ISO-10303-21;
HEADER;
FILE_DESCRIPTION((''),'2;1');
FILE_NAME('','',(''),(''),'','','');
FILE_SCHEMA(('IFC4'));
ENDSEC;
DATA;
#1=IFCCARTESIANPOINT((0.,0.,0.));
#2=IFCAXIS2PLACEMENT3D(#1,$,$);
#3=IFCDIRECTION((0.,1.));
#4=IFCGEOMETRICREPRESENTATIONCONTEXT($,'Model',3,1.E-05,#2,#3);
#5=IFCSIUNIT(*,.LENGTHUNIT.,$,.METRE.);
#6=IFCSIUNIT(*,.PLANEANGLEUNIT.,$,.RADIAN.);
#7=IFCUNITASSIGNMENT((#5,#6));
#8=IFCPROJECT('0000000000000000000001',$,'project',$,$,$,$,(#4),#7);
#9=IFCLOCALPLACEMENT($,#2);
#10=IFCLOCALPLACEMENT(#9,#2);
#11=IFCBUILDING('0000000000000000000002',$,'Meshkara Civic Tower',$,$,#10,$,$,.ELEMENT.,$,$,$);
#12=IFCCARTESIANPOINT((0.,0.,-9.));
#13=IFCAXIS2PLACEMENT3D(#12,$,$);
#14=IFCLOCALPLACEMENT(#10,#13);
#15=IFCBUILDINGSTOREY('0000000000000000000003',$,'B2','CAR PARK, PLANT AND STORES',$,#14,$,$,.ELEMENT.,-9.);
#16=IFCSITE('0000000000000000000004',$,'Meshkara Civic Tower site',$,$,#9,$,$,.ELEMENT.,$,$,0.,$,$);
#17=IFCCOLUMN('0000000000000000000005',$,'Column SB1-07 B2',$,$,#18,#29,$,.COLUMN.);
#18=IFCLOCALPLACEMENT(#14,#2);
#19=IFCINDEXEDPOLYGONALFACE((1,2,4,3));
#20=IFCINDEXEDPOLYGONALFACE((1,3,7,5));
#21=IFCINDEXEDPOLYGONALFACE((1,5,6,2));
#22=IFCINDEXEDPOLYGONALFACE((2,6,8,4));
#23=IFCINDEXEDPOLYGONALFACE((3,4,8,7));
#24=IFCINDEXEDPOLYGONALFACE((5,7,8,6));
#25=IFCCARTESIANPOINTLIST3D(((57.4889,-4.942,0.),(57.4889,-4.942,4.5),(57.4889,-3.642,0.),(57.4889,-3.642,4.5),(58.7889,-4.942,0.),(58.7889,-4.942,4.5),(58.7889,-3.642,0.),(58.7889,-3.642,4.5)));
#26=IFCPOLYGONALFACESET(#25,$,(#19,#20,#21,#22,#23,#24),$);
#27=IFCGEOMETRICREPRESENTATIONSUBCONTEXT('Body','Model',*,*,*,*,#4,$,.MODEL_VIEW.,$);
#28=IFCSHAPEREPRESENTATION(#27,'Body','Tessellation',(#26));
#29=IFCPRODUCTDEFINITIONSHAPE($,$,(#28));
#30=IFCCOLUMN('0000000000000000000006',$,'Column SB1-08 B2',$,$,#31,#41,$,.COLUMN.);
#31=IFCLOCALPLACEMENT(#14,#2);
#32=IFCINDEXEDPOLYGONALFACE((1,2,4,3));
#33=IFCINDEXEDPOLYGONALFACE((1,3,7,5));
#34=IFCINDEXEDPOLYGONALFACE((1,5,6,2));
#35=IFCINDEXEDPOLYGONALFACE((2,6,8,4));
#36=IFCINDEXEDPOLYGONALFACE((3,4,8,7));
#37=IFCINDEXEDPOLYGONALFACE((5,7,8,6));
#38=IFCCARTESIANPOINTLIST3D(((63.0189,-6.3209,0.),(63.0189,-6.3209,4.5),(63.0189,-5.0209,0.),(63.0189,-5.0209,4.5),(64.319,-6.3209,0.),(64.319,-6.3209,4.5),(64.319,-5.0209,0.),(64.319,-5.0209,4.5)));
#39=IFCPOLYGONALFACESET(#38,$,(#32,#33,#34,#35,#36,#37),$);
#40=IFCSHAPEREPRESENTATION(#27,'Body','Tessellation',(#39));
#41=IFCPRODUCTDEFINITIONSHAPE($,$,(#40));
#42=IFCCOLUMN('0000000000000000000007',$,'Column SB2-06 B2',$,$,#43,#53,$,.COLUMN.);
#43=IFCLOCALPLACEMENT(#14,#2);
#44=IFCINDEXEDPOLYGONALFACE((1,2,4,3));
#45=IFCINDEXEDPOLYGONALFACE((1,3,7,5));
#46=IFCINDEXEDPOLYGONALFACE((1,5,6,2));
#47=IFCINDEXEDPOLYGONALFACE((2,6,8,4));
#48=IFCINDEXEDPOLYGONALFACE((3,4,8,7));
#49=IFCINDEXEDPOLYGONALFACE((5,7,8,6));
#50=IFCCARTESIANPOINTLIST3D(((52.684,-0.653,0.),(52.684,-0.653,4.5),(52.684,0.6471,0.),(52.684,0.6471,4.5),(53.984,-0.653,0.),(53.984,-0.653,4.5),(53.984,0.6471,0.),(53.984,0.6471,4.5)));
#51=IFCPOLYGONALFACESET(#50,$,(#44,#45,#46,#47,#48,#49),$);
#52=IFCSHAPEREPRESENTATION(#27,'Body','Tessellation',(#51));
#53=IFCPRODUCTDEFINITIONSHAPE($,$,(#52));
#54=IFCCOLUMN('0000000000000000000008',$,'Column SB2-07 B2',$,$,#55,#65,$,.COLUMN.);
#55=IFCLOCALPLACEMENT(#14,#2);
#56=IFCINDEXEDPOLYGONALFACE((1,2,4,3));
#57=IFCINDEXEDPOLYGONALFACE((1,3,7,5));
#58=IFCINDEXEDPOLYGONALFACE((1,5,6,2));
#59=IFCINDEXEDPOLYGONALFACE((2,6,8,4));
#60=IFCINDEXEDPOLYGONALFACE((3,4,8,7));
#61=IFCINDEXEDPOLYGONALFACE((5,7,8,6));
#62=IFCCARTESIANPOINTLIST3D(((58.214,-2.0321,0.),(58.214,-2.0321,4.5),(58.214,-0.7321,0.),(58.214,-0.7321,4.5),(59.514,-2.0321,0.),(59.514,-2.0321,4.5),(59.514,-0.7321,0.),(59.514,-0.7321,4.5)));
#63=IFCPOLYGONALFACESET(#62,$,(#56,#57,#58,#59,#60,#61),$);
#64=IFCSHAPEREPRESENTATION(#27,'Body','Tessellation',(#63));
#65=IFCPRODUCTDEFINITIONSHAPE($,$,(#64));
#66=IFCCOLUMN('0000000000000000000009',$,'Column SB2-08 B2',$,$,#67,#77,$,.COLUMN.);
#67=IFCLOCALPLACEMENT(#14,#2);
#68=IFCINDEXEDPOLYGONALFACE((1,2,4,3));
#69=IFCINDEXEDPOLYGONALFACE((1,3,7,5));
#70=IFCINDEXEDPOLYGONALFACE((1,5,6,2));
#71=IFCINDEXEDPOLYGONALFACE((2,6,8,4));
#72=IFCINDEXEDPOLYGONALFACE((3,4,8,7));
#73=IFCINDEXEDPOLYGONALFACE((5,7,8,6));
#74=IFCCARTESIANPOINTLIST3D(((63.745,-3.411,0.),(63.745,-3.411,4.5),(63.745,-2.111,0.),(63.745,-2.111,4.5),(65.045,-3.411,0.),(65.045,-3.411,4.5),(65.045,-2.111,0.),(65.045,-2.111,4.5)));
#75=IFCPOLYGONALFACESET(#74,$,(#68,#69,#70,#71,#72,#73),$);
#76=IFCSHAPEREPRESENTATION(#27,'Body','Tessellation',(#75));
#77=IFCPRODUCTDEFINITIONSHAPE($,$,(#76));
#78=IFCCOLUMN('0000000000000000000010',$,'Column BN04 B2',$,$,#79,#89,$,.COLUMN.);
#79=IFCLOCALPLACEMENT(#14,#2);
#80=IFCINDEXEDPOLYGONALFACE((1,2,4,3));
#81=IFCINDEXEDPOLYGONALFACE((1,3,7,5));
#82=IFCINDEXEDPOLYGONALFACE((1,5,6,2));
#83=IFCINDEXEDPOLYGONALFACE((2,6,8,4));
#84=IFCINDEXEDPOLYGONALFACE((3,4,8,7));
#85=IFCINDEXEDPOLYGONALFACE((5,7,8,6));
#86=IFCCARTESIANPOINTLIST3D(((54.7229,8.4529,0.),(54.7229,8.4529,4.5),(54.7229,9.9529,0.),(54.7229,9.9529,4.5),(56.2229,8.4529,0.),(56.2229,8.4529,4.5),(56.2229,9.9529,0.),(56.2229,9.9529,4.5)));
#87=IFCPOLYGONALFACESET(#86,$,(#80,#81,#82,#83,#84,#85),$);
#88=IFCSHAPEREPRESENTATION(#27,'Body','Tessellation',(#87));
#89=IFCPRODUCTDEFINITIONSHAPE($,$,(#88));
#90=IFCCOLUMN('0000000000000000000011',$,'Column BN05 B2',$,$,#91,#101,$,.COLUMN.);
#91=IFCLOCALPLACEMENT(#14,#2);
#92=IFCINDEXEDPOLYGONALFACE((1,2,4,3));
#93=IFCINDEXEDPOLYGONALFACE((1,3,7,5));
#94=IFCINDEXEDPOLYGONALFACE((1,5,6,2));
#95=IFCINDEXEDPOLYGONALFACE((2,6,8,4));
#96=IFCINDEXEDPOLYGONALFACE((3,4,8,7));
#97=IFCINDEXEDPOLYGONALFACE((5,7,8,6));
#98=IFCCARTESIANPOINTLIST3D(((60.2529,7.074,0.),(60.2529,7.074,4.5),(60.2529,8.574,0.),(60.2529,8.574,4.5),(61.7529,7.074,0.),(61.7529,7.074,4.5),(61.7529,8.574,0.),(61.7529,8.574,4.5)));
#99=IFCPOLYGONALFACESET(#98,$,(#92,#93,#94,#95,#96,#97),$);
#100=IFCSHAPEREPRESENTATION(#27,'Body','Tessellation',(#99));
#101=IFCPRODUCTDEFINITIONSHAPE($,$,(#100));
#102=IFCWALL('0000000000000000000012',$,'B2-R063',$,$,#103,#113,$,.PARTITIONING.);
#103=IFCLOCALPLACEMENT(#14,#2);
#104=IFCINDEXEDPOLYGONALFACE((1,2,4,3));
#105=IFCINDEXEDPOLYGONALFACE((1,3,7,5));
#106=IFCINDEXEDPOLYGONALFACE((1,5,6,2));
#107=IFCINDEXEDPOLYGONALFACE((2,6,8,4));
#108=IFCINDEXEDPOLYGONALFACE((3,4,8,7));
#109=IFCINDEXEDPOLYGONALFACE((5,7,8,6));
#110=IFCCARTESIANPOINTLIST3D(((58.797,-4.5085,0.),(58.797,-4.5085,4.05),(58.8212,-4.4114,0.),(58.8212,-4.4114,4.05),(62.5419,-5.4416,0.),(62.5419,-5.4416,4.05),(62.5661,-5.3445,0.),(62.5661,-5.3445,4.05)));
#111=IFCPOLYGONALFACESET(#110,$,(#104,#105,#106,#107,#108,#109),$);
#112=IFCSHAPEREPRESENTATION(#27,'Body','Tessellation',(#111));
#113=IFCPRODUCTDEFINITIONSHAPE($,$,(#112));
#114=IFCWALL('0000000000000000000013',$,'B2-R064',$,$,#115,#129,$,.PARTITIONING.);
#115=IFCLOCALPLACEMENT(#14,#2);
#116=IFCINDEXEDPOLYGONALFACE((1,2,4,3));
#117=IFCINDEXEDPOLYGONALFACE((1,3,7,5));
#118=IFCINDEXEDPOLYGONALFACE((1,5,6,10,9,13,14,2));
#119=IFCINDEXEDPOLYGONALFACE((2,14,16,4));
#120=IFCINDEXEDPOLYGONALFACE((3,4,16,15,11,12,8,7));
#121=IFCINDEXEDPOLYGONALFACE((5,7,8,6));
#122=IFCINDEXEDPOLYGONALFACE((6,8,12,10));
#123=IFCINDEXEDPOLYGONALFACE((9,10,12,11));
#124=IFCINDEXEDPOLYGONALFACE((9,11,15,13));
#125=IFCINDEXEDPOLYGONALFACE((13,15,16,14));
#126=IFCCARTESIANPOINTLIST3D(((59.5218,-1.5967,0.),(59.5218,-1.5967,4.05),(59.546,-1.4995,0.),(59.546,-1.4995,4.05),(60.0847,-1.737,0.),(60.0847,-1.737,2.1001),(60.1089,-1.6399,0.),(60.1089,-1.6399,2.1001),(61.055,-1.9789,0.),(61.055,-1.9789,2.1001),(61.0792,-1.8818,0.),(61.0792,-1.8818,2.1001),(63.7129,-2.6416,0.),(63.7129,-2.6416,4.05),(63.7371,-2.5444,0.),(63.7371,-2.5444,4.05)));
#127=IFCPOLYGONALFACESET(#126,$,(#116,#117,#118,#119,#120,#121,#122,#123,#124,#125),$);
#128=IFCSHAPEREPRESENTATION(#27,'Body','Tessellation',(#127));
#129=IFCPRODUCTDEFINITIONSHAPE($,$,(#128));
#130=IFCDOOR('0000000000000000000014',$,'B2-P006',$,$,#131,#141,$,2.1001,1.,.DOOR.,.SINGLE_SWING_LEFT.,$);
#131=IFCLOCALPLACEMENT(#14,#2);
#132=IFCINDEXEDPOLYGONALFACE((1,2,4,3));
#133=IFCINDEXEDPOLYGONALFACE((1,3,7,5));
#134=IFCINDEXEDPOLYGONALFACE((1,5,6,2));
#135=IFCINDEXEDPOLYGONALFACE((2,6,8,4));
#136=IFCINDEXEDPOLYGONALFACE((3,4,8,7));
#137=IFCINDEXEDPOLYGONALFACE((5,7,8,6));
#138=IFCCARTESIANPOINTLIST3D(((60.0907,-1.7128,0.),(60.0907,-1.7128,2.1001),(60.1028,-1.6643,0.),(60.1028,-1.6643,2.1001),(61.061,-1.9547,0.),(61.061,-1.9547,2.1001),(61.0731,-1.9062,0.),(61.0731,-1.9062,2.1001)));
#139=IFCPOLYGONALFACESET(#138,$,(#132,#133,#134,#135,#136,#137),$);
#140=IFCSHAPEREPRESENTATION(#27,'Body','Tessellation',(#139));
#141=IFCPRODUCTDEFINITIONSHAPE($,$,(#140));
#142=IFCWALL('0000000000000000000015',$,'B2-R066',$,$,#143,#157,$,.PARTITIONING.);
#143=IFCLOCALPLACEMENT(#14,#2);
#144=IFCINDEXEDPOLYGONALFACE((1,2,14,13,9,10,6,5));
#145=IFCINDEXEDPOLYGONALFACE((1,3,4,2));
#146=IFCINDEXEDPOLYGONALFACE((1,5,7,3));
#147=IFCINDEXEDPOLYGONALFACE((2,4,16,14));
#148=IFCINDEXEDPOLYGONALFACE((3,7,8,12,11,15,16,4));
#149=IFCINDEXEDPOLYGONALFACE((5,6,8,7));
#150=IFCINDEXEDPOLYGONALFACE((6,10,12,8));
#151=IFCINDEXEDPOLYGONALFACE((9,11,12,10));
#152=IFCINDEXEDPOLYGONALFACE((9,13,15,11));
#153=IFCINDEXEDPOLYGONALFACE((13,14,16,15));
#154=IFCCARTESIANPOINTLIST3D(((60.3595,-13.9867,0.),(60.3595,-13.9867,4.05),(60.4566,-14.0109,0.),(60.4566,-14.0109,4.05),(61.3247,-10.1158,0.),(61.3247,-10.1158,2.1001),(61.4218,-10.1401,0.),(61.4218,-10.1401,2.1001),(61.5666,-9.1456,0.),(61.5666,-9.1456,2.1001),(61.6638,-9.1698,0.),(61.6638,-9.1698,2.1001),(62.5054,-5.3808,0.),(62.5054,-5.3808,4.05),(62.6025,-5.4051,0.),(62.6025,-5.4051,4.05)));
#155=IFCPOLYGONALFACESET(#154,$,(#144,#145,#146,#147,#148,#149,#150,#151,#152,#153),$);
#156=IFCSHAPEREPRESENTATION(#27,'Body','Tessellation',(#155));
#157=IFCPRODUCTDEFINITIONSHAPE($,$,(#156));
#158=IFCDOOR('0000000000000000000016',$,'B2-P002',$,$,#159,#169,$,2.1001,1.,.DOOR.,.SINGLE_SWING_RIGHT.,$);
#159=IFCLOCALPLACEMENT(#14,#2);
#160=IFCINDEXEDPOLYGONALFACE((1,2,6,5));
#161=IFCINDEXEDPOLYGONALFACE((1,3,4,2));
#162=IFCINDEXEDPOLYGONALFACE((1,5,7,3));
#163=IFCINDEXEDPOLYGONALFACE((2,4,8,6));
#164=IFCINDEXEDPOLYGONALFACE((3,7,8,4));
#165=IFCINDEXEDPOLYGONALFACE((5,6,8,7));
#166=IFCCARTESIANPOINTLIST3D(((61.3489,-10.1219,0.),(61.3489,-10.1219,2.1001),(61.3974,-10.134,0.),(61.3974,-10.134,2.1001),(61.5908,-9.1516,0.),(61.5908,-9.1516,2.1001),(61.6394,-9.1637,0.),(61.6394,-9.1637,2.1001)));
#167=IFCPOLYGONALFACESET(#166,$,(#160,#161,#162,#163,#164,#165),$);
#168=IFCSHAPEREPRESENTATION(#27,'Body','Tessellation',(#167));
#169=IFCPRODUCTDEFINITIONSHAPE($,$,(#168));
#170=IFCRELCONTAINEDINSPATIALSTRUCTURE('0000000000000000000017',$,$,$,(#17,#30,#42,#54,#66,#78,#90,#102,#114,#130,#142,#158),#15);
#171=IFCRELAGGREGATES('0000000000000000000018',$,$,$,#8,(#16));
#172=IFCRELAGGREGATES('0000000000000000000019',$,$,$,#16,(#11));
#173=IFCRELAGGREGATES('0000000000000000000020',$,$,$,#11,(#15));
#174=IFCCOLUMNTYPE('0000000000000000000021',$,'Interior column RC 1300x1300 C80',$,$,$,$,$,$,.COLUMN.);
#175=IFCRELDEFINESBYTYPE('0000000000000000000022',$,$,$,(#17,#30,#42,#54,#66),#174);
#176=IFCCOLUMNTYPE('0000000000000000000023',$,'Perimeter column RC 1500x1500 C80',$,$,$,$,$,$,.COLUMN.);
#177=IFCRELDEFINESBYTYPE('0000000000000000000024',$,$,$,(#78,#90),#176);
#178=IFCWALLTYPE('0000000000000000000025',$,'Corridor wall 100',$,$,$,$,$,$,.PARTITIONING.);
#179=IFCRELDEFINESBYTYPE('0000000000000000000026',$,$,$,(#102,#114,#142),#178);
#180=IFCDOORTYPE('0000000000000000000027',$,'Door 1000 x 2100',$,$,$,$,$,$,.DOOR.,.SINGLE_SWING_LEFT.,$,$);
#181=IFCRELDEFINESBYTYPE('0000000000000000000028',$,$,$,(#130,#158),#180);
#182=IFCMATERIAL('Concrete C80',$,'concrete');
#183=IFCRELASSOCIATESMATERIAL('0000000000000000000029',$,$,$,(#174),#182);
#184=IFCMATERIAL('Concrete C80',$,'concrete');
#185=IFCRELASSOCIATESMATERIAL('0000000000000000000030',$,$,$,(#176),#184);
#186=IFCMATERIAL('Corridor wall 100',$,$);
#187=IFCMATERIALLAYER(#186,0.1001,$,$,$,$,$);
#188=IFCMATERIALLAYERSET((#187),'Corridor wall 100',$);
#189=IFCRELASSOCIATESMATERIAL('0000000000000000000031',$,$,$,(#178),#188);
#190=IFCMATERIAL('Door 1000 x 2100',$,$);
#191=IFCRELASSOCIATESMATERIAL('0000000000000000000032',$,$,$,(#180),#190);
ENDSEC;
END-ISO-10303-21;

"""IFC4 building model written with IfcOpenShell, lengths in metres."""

from ifc_helpers import new_model, si_unit, direction, frame, frame_2d, origin, origin_2d, place, context, subcontext, project, spatial, rectangle, extrude, material, layer, layer_set, material_profile, profile_set, type_object, element, fill, save


model = new_model("IFC4")

# Units and contexts
model_context = context("Model", 3, precision=1e-05, world=origin(), true_north=direction((0.0, 1.0)))
body_context = subcontext(model_context, "Body", "Model", "MODEL_VIEW")
ifc_project = project(units=[si_unit("LENGTHUNIT", "METRE"), si_unit("PLANEANGLEUNIT", "RADIAN")], contexts=[model_context])

# Site, building, storey
site_placement = place(None, origin())
site = spatial("IfcSite", under=ifc_project, at=site_placement, Name="Meshkara Civic Tower site", CompositionType="ELEMENT", RefElevation=0.0)
building_placement = place(site_placement, origin())
building = spatial("IfcBuilding", under=site, at=building_placement, Name="Meshkara Civic Tower", CompositionType="ELEMENT")
storey_placement = place(building_placement, frame((0.0, 0.0, -9.0)))
storey = spatial("IfcBuildingStorey", under=building, at=storey_placement, Name="B2", Description="CAR PARK, PLANT AND STORES", CompositionType="ELEMENT", Elevation=-9.0)

# Columns
ifc_material_1 = material(Name="Concrete C80", Category="concrete")
ifc_material_profile_1 = material_profile(ifc_material_1, rectangle(XDim=1.3, YDim=1.3, at=origin_2d()))
ifc_profile_set_1 = profile_set([ifc_material_profile_1], Name="Concrete C80")
column_type_1 = type_object("IfcColumnType", Name="Interior column RC 1300x1300 C80", PredefinedType="COLUMN", material=ifc_profile_set_1)
for number, where, z_axis, x_axis, name in (
    (1, (58.1389, -4.292, 0.0), (0.0, 0.0, 1.0), (1.0, 0.0, 0.0), "Column SB1-07 B2"),
    (2, (63.6689, -5.6709, 0.0), (0.0, 0.0, 1.0), (1.0, 0.0, 0.0), "Column SB1-08 B2"),
    (3, (53.334, -0.0029, 0.0), (0.0, 0.0, 1.0), (1.0, 0.0, 0.0), "Column SB2-06 B2"),
    (4, (58.864, -1.3821, 0.0), (0.0, 0.0, 1.0), (1.0, 0.0, 0.0), "Column SB2-07 B2"),
    (5, (64.395, -2.761, 0.0), (0.0, 0.0, 1.0), (1.0, 0.0, 0.0), "Column SB2-08 B2"),
):
    element("IfcColumn", number, at=place(storey_placement, frame(where, z_axis=z_axis, x_axis=x_axis)), inside=storey, type_object=column_type_1, Name=name, PredefinedType="COLUMN", context=body_context, shape_type="SweptSolid", body=[
        extrude(rectangle(XDim=1.3, YDim=1.3, at=origin_2d()), origin(), (0.0, 0.0, 1.0), 4.5),
    ])
ifc_material_2 = material(Name="Concrete C80", Category="concrete")
ifc_material_profile_2 = material_profile(ifc_material_2, rectangle(XDim=1.5, YDim=1.5, at=origin_2d()))
ifc_profile_set_2 = profile_set([ifc_material_profile_2], Name="Concrete C80")
column_type_2 = type_object("IfcColumnType", Name="Perimeter column RC 1500x1500 C80", PredefinedType="COLUMN", material=ifc_profile_set_2)
for number, where, z_axis, x_axis, name in (
    (6, (55.4729, 9.2029, 0.0), (0.0, 0.0, 1.0), (1.0, 0.0, 0.0), "Column BN04 B2"),
    (7, (61.0029, 7.824, 0.0), (0.0, 0.0, 1.0), (1.0, 0.0, 0.0), "Column BN05 B2"),
):
    element("IfcColumn", number, at=place(storey_placement, frame(where, z_axis=z_axis, x_axis=x_axis)), inside=storey, type_object=column_type_2, Name=name, PredefinedType="COLUMN", context=body_context, shape_type="SweptSolid", body=[
        extrude(rectangle(XDim=1.5, YDim=1.5, at=origin_2d()), origin(), (0.0, 0.0, 1.0), 4.5),
    ])

# Wall
ifc_material_3 = material(Name="Corridor wall 100")
ifc_layer_1 = layer(ifc_material_3, 0.1001)
ifc_layer_set_1 = layer_set([ifc_layer_1], Name="Corridor wall 100")
wall_type_1 = type_object("IfcWallType", Name="Corridor wall 100", PredefinedType="PARTITIONING", material=ifc_layer_set_1)
wall_1_placement = place(storey_placement, frame((58.8091, -4.46, 0.0), z_axis=(0.0, 0.0, 1.0), x_axis=(0.970332, -0.241776, 0.0)))
element("IfcWall", 8, at=wall_1_placement, inside=storey, type_object=wall_type_1, Name="B2-R063", PredefinedType="PARTITIONING", context=body_context, shape_type="SweptSolid", body=[
    extrude(rectangle(XDim=3.8594, YDim=0.1001, at=frame_2d((1.9297, 0.0))), origin(), (0.0, 0.0, 1.0), 4.05),
])

# Walls, openings, doors
wall_2_placement = place(storey_placement, frame((59.5339, -1.5481, 0.0), z_axis=(0.0, 0.0, 1.0), x_axis=(0.970299, -0.241911, 0.0)))
wall_2 = element("IfcWall", 9, at=wall_2_placement, inside=storey, type_object=wall_type_1, Name="B2-R064", PredefinedType="PARTITIONING", context=body_context, shape_type="SweptSolid", body=[
    extrude(rectangle(XDim=4.3193, YDim=0.1001, at=frame_2d((2.1597, 0.0))), origin(), (0.0, 0.0, 1.0), 4.05),
])
opening_1_placement = place(wall_2_placement, frame((0.5801, 0.0, 0.0)))
opening_1 = element("IfcOpeningElement", 10, at=opening_1_placement, cuts=wall_2, PredefinedType="OPENING", context=body_context, shape_type="SweptSolid", body=[
    extrude(rectangle(XDim=1.0, YDim=2.1001, at=frame_2d((0.5, 1.05))), frame((0.0, 0.0601, 0.0), z_axis=(0.0, -1.0, 0.0), x_axis=(1.0, 0.0, 0.0)), (0.0, 0.0, 1.0), 0.1201),
])
ifc_material_4 = material(Name="Door 1000 x 2100")
door_type = type_object("IfcDoorType", Name="Door 1000 x 2100", OperationType="SINGLE_SWING_LEFT", PredefinedType="DOOR", material=ifc_material_4)
door_1_placement = place(opening_1_placement, origin())
door_1 = element("IfcDoor", 11, at=door_1_placement, inside=storey, type_object=door_type, Name="B2-P006", OperationType="SINGLE_SWING_LEFT", OverallHeight=2.1001, OverallWidth=1.0, PredefinedType="DOOR", context=body_context, shape_type="SweptSolid", body=[
    extrude(rectangle(XDim=1.0, YDim=2.1001, at=frame_2d((0.5, 1.05))), frame((0.0, 0.0249, 0.0), z_axis=(0.0, -1.0, 0.0), x_axis=(1.0, 0.0, 0.0)), (0.0, 0.0, 1.0), 0.05),
])
fill(opening_1, door_1)
wall_3_placement = place(storey_placement, frame((62.554, -5.3931, 0.0), z_axis=(0.0, 0.0, 1.0), x_axis=(-0.241953, -0.970288, 0.0)))
wall_3 = element("IfcWall", 12, at=wall_3_placement, inside=storey, type_object=wall_type_1, Name="B2-R066", PredefinedType="PARTITIONING", context=body_context, shape_type="SweptSolid", body=[
    extrude(rectangle(XDim=8.8694, YDim=0.1001, at=frame_2d((4.4346, 0.0))), origin(), (0.0, 0.0, 1.0), 4.05),
])
opening_2_placement = place(wall_3_placement, frame((3.8799, 0.0, 0.0)))
opening_2 = element("IfcOpeningElement", 13, at=opening_2_placement, cuts=wall_3, PredefinedType="OPENING", context=body_context, shape_type="SweptSolid", body=[
    extrude(rectangle(XDim=1.0, YDim=2.1001, at=frame_2d((0.5, 1.05))), frame((0.0, 0.0601, 0.0), z_axis=(0.0, -1.0, 0.0), x_axis=(1.0, 0.0, 0.0)), (0.0, 0.0, 1.0), 0.1201),
])
door_2_placement = place(opening_2_placement, origin())
door_2 = element("IfcDoor", 14, at=door_2_placement, inside=storey, type_object=door_type, Name="B2-P002", OperationType="SINGLE_SWING_RIGHT", OverallHeight=2.1001, OverallWidth=1.0, PredefinedType="DOOR", context=body_context, shape_type="SweptSolid", body=[
    extrude(rectangle(XDim=1.0, YDim=2.1001, at=frame_2d((0.5, 1.05))), frame((0.0, 0.0249, 0.0), z_axis=(0.0, -1.0, 0.0), x_axis=(1.0, 0.0, 0.0)), (0.0, 0.0, 1.0), 0.05),
])
fill(opening_2, door_2)

save(model, "model.ifc")
